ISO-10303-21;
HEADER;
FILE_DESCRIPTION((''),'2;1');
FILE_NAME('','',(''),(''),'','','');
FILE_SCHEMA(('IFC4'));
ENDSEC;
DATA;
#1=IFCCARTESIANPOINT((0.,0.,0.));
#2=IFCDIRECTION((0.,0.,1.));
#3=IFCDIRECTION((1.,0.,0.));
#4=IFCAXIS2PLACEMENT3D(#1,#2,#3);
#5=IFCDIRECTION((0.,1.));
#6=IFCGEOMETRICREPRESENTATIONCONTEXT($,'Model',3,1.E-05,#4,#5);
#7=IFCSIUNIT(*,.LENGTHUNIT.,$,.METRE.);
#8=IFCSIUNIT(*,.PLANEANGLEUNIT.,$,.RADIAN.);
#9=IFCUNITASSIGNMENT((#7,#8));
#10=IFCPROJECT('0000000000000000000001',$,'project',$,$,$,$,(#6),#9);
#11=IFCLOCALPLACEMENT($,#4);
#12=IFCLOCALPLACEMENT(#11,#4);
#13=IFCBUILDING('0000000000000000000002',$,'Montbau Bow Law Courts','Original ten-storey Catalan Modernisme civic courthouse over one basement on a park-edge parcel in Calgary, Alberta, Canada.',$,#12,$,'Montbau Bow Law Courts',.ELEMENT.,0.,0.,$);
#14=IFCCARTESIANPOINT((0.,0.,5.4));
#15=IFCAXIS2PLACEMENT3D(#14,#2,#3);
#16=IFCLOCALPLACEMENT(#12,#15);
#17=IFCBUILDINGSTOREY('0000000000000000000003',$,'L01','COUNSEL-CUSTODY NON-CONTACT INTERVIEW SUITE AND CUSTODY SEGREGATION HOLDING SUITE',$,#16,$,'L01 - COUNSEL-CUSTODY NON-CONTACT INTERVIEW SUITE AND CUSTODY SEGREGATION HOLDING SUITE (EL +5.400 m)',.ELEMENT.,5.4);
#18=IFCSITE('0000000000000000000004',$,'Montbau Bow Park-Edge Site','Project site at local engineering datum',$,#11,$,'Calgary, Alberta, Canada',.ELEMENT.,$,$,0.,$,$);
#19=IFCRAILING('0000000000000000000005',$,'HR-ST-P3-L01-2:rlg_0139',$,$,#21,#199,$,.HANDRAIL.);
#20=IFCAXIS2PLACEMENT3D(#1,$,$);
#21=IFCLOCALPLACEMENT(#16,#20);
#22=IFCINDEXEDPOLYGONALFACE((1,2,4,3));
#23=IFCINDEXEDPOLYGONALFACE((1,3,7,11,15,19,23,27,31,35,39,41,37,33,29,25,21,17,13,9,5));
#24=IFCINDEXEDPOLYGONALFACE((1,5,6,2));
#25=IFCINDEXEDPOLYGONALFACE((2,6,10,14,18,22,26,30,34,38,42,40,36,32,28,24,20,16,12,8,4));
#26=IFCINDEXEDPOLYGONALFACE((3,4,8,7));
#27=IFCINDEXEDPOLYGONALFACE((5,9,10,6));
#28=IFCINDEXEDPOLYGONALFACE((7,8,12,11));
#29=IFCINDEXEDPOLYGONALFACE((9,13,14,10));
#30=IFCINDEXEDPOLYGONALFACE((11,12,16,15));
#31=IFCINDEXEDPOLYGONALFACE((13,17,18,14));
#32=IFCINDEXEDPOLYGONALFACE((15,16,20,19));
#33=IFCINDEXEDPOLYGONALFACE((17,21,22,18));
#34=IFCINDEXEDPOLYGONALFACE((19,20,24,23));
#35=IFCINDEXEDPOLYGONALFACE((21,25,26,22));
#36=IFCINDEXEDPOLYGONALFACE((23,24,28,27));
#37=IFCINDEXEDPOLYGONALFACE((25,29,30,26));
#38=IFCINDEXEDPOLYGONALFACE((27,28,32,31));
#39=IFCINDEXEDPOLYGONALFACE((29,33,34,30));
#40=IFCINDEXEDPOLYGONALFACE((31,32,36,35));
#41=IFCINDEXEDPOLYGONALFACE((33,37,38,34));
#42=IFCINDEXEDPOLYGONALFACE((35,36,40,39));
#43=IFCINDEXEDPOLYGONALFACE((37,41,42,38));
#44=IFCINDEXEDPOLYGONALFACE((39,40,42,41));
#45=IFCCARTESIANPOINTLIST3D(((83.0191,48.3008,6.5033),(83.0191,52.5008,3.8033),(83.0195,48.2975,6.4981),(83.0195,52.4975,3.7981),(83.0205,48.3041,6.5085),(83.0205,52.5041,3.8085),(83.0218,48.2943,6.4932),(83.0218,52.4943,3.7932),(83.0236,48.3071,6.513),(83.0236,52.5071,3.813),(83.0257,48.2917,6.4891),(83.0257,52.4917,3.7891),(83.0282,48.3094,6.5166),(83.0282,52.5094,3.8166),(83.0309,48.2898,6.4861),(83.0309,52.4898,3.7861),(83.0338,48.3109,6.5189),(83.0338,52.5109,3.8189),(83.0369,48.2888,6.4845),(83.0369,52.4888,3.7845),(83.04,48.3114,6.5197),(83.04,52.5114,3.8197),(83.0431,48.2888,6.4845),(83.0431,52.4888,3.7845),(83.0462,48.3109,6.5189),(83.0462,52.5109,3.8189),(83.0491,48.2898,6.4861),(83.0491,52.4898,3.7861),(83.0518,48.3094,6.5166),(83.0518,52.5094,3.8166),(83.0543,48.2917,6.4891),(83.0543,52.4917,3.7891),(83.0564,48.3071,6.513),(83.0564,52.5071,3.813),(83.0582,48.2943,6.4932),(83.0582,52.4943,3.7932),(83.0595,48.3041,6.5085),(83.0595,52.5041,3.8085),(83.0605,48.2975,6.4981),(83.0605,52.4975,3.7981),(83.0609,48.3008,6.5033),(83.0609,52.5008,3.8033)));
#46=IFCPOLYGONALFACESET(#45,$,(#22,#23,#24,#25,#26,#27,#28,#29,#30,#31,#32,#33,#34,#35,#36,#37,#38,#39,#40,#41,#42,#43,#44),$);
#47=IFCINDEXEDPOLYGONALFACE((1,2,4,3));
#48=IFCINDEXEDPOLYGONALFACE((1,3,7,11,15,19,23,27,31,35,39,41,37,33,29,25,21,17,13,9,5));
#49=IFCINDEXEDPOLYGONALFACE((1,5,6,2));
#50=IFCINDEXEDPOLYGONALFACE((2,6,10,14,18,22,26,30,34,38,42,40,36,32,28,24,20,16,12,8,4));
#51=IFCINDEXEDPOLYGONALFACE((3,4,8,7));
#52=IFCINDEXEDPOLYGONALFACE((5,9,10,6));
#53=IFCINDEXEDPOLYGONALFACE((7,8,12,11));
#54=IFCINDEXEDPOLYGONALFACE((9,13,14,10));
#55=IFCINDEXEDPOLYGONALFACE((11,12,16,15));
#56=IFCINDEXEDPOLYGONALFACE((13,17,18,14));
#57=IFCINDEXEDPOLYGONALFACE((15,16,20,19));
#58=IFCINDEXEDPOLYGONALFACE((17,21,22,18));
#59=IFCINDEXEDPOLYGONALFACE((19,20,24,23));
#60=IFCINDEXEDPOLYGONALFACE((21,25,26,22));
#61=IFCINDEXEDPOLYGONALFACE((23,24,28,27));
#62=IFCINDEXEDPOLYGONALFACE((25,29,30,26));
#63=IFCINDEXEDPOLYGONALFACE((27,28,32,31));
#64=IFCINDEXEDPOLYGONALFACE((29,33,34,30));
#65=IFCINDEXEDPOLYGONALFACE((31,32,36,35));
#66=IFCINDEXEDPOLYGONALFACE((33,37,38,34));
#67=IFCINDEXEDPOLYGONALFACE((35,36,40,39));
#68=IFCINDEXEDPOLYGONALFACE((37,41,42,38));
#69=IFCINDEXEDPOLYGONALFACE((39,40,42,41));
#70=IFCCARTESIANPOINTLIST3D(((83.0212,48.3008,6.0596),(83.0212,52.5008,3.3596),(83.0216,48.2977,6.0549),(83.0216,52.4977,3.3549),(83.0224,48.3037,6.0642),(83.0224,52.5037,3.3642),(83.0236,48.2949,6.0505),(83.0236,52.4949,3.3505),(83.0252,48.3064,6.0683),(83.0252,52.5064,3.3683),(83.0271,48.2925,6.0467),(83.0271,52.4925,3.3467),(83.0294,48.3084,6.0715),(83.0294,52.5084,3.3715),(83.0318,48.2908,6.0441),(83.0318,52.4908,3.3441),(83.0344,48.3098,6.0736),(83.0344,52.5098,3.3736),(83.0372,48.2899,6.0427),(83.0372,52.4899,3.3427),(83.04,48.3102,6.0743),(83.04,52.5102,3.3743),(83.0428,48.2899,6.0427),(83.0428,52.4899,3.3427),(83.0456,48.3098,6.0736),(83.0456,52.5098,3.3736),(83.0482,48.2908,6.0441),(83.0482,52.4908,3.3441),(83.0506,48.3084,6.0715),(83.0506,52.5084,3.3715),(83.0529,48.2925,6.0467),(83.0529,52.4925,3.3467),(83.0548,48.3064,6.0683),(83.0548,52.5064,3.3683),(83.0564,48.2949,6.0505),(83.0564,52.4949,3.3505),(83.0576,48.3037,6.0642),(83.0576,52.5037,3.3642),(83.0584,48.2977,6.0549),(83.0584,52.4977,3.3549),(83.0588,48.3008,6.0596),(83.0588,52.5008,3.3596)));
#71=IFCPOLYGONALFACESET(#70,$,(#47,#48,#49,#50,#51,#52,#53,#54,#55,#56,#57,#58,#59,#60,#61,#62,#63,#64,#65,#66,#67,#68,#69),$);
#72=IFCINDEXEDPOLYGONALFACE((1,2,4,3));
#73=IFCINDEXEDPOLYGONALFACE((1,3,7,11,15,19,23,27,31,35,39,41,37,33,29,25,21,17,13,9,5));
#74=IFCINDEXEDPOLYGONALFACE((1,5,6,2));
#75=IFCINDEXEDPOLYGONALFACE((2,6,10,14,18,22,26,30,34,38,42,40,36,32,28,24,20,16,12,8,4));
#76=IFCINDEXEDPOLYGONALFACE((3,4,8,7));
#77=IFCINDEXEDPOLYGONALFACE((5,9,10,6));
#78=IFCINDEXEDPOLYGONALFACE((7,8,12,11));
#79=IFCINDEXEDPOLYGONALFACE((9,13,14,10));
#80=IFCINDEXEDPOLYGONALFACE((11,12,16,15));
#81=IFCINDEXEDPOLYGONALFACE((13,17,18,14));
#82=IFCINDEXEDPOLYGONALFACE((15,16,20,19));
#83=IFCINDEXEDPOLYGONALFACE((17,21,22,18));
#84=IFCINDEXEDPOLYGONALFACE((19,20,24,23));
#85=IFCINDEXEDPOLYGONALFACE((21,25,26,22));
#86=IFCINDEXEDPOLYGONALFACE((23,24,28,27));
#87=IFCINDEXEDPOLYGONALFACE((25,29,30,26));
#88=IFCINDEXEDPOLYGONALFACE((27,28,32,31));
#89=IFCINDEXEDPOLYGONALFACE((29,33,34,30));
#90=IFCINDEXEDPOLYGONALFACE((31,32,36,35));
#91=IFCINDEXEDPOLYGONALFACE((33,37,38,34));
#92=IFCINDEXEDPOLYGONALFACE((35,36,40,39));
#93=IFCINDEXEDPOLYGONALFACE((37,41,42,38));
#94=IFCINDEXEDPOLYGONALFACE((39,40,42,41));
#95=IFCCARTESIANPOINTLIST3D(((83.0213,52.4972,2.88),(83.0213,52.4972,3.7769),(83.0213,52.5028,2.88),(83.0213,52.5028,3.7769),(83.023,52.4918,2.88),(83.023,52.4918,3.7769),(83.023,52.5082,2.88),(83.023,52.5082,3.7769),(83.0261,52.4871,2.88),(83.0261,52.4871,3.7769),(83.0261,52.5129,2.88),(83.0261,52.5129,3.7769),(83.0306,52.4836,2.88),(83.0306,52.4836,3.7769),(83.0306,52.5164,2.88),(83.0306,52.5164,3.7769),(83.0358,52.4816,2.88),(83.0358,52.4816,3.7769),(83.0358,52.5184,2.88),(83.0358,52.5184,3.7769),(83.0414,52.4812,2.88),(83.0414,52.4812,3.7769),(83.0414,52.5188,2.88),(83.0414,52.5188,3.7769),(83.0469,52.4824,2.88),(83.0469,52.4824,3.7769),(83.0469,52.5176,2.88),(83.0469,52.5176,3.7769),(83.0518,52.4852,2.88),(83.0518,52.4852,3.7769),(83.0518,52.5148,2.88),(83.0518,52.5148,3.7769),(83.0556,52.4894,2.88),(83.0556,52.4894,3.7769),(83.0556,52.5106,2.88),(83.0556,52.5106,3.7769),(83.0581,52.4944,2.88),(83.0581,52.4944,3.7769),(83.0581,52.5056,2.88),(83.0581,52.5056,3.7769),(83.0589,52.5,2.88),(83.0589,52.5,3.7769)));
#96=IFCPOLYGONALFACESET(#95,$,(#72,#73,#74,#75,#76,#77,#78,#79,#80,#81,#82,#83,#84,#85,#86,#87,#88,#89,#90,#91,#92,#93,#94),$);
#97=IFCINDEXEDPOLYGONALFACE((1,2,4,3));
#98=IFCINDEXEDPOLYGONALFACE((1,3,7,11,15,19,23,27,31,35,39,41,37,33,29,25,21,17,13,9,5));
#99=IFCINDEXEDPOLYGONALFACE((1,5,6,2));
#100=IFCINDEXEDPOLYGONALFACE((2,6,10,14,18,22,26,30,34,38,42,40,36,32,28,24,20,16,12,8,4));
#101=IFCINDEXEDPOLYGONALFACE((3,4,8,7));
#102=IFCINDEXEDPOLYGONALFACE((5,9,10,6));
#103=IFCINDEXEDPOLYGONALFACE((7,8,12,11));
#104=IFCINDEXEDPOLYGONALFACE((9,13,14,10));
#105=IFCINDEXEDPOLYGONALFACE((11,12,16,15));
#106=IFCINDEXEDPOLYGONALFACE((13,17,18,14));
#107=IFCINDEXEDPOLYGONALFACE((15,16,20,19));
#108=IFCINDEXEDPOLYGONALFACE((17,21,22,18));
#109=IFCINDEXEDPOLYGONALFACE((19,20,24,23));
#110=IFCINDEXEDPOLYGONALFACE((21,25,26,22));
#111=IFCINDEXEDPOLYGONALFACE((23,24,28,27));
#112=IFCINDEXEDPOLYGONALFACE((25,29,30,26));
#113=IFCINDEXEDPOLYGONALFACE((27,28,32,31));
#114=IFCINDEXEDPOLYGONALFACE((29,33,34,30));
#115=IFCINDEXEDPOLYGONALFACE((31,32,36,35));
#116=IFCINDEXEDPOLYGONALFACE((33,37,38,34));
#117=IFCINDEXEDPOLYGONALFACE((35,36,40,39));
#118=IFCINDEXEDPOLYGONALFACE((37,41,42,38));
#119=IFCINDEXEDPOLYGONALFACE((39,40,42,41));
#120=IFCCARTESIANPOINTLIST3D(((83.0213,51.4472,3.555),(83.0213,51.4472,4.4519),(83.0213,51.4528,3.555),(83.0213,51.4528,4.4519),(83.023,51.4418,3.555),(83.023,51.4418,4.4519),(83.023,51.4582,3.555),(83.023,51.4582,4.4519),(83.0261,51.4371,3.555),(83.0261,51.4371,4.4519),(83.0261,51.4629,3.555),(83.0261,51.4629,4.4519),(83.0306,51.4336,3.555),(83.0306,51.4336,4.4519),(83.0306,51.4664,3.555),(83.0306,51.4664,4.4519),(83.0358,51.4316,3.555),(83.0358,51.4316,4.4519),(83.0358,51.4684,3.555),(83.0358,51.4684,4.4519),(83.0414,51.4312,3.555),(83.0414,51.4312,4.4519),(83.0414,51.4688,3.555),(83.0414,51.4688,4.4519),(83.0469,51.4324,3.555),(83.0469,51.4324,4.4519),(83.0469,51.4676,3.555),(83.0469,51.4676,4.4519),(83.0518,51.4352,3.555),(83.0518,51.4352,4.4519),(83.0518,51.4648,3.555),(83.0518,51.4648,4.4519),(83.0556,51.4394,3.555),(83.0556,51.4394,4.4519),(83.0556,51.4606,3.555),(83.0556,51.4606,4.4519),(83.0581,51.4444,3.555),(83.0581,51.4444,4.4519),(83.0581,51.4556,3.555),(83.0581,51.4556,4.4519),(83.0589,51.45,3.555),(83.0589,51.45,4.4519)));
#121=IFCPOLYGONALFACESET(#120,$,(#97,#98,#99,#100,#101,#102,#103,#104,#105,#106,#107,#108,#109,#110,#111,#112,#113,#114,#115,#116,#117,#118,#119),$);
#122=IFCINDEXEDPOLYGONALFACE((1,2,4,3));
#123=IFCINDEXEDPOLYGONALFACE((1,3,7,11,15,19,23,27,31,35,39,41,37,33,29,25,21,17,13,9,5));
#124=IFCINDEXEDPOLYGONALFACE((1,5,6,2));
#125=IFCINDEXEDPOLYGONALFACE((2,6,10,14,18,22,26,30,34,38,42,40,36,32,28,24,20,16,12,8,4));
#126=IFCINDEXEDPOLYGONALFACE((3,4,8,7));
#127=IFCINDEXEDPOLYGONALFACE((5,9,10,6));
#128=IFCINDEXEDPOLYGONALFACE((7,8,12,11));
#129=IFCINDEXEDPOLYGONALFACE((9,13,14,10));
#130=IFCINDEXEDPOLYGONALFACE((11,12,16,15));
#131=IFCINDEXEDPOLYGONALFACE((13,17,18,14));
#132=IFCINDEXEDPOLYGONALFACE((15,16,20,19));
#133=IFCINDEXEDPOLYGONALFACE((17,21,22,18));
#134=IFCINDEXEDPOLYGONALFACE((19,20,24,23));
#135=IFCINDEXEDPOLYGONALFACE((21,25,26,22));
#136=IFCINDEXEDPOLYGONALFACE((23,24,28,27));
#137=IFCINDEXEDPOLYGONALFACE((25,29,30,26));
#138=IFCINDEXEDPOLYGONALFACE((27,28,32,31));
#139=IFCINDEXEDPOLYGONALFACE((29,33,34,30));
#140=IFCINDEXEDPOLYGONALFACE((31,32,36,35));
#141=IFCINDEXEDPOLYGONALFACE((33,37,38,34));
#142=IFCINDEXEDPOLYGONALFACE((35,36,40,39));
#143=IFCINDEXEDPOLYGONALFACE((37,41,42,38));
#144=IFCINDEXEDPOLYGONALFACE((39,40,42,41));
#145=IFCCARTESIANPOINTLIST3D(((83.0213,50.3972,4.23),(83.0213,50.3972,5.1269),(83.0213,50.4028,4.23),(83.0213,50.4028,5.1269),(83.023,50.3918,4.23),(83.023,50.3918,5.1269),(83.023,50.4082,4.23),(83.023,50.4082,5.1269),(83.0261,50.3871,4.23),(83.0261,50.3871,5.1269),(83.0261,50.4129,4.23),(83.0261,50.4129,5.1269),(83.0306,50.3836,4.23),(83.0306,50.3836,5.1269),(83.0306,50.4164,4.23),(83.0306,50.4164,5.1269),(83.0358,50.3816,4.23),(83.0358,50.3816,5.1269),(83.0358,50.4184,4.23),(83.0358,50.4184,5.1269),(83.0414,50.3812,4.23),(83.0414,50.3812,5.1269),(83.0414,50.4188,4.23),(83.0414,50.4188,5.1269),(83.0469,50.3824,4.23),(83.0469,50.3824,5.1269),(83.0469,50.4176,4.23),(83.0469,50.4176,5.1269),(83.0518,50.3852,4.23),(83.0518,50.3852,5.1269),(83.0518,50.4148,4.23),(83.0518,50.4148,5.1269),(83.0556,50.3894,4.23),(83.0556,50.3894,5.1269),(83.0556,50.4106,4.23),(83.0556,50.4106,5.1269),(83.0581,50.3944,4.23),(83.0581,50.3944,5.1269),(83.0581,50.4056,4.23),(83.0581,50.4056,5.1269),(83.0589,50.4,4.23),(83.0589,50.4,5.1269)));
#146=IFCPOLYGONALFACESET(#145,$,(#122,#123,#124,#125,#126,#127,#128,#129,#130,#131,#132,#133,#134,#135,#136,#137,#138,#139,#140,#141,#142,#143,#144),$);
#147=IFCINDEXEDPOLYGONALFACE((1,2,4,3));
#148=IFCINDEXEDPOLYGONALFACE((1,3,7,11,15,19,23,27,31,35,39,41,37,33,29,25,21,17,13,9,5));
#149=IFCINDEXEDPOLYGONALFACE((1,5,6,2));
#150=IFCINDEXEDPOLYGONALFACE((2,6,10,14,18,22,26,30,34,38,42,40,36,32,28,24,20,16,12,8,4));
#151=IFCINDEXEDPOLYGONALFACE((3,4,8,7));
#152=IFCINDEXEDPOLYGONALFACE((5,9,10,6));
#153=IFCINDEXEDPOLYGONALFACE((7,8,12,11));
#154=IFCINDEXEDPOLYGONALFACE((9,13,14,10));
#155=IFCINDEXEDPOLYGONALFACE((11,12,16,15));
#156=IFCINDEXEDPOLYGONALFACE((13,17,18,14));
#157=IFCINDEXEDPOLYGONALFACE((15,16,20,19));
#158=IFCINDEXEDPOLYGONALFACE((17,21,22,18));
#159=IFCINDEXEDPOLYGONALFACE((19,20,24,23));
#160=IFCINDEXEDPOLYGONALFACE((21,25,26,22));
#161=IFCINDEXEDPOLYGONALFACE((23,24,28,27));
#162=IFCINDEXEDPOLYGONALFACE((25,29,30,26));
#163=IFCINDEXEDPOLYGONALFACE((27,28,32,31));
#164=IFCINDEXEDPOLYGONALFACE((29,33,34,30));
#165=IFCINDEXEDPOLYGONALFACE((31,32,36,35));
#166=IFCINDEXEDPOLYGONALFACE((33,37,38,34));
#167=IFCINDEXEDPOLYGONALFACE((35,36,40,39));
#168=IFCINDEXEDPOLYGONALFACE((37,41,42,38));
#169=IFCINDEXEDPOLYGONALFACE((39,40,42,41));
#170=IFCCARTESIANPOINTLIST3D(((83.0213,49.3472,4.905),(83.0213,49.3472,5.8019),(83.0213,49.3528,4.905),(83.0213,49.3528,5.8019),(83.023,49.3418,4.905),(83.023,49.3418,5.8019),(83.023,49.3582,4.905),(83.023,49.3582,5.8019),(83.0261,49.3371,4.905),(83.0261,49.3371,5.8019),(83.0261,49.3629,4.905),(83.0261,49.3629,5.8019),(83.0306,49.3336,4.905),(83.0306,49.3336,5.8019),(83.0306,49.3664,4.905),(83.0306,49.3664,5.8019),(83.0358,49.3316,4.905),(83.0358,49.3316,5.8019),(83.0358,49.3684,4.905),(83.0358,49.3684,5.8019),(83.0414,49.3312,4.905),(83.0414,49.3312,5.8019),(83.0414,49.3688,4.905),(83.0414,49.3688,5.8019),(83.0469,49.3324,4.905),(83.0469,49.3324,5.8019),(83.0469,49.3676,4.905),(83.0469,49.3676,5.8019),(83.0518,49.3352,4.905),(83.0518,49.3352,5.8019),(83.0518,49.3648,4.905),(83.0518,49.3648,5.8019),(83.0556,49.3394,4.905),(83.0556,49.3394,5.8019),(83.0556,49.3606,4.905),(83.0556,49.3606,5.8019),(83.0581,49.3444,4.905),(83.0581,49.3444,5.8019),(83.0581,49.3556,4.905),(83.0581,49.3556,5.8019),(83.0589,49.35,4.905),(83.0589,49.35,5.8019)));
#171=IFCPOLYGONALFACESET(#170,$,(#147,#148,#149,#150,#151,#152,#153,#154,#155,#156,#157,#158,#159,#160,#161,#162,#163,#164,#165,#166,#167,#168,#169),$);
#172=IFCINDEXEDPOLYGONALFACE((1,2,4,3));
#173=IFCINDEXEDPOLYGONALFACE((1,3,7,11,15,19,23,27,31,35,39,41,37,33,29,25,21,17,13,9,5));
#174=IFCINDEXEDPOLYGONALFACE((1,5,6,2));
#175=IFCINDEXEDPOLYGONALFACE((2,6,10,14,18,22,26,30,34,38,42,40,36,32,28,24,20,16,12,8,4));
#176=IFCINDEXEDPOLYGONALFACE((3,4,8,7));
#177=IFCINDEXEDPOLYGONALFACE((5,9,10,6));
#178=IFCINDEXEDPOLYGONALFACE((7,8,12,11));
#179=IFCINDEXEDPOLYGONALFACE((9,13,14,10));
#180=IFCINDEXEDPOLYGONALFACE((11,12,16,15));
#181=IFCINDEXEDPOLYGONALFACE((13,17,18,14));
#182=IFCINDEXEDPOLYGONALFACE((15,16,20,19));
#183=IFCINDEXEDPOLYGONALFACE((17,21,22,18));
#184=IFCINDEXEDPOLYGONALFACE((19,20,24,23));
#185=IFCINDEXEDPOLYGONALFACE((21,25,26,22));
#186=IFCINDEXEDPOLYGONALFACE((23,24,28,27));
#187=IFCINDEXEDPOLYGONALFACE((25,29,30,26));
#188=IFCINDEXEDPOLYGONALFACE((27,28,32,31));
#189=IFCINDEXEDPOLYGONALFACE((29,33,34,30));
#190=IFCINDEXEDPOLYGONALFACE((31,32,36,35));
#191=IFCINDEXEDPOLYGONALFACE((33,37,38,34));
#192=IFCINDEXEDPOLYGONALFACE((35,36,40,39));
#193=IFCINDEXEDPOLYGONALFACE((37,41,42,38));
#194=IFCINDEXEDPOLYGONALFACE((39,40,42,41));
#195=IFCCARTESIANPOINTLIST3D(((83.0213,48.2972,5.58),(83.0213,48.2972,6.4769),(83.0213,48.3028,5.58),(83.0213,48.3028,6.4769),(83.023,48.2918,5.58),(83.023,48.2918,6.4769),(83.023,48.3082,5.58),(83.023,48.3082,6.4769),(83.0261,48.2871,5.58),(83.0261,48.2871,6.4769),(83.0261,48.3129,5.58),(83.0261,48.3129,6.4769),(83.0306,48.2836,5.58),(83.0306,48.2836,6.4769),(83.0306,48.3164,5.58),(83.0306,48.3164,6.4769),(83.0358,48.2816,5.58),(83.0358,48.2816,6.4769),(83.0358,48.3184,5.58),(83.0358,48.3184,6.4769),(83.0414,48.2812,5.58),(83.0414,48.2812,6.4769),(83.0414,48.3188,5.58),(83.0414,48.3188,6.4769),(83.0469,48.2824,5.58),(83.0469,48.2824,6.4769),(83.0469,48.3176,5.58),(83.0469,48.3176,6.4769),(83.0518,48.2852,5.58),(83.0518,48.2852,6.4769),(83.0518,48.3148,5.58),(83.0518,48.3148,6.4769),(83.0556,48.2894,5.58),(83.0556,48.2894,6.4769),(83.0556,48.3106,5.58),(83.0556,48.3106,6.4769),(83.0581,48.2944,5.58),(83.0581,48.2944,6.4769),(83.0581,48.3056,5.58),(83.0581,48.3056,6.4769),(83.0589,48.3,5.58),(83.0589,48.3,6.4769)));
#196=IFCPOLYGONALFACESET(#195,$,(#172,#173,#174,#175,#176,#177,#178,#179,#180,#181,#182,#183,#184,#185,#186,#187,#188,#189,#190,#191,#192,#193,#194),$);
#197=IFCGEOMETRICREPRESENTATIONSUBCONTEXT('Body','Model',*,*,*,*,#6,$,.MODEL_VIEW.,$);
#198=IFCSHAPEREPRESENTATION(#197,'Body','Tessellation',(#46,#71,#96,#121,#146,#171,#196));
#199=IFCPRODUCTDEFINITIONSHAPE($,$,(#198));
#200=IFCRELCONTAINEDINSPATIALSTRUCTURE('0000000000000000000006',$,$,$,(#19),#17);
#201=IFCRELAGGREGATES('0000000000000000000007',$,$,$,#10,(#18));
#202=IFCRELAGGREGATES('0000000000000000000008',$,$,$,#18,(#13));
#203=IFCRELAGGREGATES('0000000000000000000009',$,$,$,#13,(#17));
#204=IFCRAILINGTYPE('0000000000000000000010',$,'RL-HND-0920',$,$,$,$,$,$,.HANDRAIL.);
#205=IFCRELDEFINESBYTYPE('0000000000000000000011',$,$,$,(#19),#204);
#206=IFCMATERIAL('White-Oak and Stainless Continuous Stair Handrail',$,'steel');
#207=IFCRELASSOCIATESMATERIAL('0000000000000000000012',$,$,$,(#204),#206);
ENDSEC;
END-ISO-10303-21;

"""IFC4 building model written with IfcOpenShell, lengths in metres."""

from ifc_helpers import new_model, si_unit, direction, frame, origin_with_axes, origin_2d_with_axis, place, context, subcontext, project, spatial, circle, extrude, material, type_object, element, save


model = new_model("IFC4")

# Units and contexts
model_context = context("Model", 3, precision=1e-05, world=origin_with_axes(), true_north=direction((0.0, 1.0)))
body_context = subcontext(model_context, "Body", "Model", "MODEL_VIEW")
ifc_project = project(units=[si_unit("LENGTHUNIT", "METRE"), si_unit("PLANEANGLEUNIT", "RADIAN")], contexts=[model_context])

# Site, building, storey
site_placement = place(None, origin_with_axes())
site = spatial("IfcSite", under=ifc_project, at=site_placement, Name="Montbau Bow Park-Edge Site", Description="Project site at local engineering datum", LongName="Calgary, Alberta, Canada", CompositionType="ELEMENT", RefElevation=0.0)
building_placement = place(site_placement, origin_with_axes())
building = spatial("IfcBuilding", under=site, at=building_placement, Name="Montbau Bow Law Courts", Description="Original ten-storey Catalan Modernisme civic courthouse over one basement on a park-edge parcel in Calgary, Alberta, Canada.", LongName="Montbau Bow Law Courts", CompositionType="ELEMENT", ElevationOfRefHeight=0.0, ElevationOfTerrain=0.0)
storey_placement = place(building_placement, frame((0.0, 0.0, 5.4), z_axis=(0.0, 0.0, 1.0), x_axis=(1.0, 0.0, 0.0)))
storey = spatial("IfcBuildingStorey", under=building, at=storey_placement, Name="L01", Description="COUNSEL-CUSTODY NON-CONTACT INTERVIEW SUITE AND CUSTODY SEGREGATION HOLDING SUITE", LongName="L01 - COUNSEL-CUSTODY NON-CONTACT INTERVIEW SUITE AND CUSTODY SEGREGATION HOLDING SUITE (EL +5.400 m)", CompositionType="ELEMENT", Elevation=5.4)

# Railing
ifc_material_1 = material(Name="White-Oak and Stainless Continuous Stair Handrail", Category="steel")
railing_type_1 = type_object("IfcRailingType", Name="RL-HND-0920", PredefinedType="HANDRAIL", material=ifc_material_1)
railing_1_placement = place(None, origin_with_axes())
element("IfcRailing", 1, at=railing_1_placement, inside=storey, type_object=railing_type_1, Name="HR-ST-P3-L01-2:rlg_0139", PredefinedType="HANDRAIL", context=body_context, shape_type="SweptSolid", body=[
    extrude(circle(Radius=0.021, at=origin_2d_with_axis()), frame((83.04, 52.5, 9.202), z_axis=(0.0, -0.841178, 0.540758), x_axis=(0.0, 0.540758, 0.841178)), (0.0, 0.0, 1.0), 4.993),
    extrude(circle(Radius=0.0189, at=origin_2d_with_axis()), frame((83.04, 52.5, 8.7584), z_axis=(0.0, -0.841178, 0.540758), x_axis=(0.0, 0.540758, 0.841178)), (0.0, 0.0, 1.0), 4.993),
    extrude(circle(Radius=0.0189, at=origin_2d_with_axis()), frame((83.04, 52.5, 8.28), z_axis=(0.0, 0.0, 1.0), x_axis=(1.0, 0.0, 0.0)), (0.0, 0.0, 1.0), 0.8969),
    extrude(circle(Radius=0.0189, at=origin_2d_with_axis()), frame((83.04, 51.45, 8.955), z_axis=(0.0, 0.0, 1.0), x_axis=(1.0, 0.0, 0.0)), (0.0, 0.0, 1.0), 0.8969),
    extrude(circle(Radius=0.0189, at=origin_2d_with_axis()), frame((83.04, 50.4, 9.63), z_axis=(0.0, 0.0, 1.0), x_axis=(1.0, 0.0, 0.0)), (0.0, 0.0, 1.0), 0.8969),
    extrude(circle(Radius=0.0189, at=origin_2d_with_axis()), frame((83.04, 49.35, 10.305), z_axis=(0.0, 0.0, 1.0), x_axis=(1.0, 0.0, 0.0)), (0.0, 0.0, 1.0), 0.8969),
    extrude(circle(Radius=0.0189, at=origin_2d_with_axis()), frame((83.04, 48.3, 10.98), z_axis=(0.0, 0.0, 1.0), x_axis=(1.0, 0.0, 0.0)), (0.0, 0.0, 1.0), 0.8969),
])

save(model, "model.ifc")
